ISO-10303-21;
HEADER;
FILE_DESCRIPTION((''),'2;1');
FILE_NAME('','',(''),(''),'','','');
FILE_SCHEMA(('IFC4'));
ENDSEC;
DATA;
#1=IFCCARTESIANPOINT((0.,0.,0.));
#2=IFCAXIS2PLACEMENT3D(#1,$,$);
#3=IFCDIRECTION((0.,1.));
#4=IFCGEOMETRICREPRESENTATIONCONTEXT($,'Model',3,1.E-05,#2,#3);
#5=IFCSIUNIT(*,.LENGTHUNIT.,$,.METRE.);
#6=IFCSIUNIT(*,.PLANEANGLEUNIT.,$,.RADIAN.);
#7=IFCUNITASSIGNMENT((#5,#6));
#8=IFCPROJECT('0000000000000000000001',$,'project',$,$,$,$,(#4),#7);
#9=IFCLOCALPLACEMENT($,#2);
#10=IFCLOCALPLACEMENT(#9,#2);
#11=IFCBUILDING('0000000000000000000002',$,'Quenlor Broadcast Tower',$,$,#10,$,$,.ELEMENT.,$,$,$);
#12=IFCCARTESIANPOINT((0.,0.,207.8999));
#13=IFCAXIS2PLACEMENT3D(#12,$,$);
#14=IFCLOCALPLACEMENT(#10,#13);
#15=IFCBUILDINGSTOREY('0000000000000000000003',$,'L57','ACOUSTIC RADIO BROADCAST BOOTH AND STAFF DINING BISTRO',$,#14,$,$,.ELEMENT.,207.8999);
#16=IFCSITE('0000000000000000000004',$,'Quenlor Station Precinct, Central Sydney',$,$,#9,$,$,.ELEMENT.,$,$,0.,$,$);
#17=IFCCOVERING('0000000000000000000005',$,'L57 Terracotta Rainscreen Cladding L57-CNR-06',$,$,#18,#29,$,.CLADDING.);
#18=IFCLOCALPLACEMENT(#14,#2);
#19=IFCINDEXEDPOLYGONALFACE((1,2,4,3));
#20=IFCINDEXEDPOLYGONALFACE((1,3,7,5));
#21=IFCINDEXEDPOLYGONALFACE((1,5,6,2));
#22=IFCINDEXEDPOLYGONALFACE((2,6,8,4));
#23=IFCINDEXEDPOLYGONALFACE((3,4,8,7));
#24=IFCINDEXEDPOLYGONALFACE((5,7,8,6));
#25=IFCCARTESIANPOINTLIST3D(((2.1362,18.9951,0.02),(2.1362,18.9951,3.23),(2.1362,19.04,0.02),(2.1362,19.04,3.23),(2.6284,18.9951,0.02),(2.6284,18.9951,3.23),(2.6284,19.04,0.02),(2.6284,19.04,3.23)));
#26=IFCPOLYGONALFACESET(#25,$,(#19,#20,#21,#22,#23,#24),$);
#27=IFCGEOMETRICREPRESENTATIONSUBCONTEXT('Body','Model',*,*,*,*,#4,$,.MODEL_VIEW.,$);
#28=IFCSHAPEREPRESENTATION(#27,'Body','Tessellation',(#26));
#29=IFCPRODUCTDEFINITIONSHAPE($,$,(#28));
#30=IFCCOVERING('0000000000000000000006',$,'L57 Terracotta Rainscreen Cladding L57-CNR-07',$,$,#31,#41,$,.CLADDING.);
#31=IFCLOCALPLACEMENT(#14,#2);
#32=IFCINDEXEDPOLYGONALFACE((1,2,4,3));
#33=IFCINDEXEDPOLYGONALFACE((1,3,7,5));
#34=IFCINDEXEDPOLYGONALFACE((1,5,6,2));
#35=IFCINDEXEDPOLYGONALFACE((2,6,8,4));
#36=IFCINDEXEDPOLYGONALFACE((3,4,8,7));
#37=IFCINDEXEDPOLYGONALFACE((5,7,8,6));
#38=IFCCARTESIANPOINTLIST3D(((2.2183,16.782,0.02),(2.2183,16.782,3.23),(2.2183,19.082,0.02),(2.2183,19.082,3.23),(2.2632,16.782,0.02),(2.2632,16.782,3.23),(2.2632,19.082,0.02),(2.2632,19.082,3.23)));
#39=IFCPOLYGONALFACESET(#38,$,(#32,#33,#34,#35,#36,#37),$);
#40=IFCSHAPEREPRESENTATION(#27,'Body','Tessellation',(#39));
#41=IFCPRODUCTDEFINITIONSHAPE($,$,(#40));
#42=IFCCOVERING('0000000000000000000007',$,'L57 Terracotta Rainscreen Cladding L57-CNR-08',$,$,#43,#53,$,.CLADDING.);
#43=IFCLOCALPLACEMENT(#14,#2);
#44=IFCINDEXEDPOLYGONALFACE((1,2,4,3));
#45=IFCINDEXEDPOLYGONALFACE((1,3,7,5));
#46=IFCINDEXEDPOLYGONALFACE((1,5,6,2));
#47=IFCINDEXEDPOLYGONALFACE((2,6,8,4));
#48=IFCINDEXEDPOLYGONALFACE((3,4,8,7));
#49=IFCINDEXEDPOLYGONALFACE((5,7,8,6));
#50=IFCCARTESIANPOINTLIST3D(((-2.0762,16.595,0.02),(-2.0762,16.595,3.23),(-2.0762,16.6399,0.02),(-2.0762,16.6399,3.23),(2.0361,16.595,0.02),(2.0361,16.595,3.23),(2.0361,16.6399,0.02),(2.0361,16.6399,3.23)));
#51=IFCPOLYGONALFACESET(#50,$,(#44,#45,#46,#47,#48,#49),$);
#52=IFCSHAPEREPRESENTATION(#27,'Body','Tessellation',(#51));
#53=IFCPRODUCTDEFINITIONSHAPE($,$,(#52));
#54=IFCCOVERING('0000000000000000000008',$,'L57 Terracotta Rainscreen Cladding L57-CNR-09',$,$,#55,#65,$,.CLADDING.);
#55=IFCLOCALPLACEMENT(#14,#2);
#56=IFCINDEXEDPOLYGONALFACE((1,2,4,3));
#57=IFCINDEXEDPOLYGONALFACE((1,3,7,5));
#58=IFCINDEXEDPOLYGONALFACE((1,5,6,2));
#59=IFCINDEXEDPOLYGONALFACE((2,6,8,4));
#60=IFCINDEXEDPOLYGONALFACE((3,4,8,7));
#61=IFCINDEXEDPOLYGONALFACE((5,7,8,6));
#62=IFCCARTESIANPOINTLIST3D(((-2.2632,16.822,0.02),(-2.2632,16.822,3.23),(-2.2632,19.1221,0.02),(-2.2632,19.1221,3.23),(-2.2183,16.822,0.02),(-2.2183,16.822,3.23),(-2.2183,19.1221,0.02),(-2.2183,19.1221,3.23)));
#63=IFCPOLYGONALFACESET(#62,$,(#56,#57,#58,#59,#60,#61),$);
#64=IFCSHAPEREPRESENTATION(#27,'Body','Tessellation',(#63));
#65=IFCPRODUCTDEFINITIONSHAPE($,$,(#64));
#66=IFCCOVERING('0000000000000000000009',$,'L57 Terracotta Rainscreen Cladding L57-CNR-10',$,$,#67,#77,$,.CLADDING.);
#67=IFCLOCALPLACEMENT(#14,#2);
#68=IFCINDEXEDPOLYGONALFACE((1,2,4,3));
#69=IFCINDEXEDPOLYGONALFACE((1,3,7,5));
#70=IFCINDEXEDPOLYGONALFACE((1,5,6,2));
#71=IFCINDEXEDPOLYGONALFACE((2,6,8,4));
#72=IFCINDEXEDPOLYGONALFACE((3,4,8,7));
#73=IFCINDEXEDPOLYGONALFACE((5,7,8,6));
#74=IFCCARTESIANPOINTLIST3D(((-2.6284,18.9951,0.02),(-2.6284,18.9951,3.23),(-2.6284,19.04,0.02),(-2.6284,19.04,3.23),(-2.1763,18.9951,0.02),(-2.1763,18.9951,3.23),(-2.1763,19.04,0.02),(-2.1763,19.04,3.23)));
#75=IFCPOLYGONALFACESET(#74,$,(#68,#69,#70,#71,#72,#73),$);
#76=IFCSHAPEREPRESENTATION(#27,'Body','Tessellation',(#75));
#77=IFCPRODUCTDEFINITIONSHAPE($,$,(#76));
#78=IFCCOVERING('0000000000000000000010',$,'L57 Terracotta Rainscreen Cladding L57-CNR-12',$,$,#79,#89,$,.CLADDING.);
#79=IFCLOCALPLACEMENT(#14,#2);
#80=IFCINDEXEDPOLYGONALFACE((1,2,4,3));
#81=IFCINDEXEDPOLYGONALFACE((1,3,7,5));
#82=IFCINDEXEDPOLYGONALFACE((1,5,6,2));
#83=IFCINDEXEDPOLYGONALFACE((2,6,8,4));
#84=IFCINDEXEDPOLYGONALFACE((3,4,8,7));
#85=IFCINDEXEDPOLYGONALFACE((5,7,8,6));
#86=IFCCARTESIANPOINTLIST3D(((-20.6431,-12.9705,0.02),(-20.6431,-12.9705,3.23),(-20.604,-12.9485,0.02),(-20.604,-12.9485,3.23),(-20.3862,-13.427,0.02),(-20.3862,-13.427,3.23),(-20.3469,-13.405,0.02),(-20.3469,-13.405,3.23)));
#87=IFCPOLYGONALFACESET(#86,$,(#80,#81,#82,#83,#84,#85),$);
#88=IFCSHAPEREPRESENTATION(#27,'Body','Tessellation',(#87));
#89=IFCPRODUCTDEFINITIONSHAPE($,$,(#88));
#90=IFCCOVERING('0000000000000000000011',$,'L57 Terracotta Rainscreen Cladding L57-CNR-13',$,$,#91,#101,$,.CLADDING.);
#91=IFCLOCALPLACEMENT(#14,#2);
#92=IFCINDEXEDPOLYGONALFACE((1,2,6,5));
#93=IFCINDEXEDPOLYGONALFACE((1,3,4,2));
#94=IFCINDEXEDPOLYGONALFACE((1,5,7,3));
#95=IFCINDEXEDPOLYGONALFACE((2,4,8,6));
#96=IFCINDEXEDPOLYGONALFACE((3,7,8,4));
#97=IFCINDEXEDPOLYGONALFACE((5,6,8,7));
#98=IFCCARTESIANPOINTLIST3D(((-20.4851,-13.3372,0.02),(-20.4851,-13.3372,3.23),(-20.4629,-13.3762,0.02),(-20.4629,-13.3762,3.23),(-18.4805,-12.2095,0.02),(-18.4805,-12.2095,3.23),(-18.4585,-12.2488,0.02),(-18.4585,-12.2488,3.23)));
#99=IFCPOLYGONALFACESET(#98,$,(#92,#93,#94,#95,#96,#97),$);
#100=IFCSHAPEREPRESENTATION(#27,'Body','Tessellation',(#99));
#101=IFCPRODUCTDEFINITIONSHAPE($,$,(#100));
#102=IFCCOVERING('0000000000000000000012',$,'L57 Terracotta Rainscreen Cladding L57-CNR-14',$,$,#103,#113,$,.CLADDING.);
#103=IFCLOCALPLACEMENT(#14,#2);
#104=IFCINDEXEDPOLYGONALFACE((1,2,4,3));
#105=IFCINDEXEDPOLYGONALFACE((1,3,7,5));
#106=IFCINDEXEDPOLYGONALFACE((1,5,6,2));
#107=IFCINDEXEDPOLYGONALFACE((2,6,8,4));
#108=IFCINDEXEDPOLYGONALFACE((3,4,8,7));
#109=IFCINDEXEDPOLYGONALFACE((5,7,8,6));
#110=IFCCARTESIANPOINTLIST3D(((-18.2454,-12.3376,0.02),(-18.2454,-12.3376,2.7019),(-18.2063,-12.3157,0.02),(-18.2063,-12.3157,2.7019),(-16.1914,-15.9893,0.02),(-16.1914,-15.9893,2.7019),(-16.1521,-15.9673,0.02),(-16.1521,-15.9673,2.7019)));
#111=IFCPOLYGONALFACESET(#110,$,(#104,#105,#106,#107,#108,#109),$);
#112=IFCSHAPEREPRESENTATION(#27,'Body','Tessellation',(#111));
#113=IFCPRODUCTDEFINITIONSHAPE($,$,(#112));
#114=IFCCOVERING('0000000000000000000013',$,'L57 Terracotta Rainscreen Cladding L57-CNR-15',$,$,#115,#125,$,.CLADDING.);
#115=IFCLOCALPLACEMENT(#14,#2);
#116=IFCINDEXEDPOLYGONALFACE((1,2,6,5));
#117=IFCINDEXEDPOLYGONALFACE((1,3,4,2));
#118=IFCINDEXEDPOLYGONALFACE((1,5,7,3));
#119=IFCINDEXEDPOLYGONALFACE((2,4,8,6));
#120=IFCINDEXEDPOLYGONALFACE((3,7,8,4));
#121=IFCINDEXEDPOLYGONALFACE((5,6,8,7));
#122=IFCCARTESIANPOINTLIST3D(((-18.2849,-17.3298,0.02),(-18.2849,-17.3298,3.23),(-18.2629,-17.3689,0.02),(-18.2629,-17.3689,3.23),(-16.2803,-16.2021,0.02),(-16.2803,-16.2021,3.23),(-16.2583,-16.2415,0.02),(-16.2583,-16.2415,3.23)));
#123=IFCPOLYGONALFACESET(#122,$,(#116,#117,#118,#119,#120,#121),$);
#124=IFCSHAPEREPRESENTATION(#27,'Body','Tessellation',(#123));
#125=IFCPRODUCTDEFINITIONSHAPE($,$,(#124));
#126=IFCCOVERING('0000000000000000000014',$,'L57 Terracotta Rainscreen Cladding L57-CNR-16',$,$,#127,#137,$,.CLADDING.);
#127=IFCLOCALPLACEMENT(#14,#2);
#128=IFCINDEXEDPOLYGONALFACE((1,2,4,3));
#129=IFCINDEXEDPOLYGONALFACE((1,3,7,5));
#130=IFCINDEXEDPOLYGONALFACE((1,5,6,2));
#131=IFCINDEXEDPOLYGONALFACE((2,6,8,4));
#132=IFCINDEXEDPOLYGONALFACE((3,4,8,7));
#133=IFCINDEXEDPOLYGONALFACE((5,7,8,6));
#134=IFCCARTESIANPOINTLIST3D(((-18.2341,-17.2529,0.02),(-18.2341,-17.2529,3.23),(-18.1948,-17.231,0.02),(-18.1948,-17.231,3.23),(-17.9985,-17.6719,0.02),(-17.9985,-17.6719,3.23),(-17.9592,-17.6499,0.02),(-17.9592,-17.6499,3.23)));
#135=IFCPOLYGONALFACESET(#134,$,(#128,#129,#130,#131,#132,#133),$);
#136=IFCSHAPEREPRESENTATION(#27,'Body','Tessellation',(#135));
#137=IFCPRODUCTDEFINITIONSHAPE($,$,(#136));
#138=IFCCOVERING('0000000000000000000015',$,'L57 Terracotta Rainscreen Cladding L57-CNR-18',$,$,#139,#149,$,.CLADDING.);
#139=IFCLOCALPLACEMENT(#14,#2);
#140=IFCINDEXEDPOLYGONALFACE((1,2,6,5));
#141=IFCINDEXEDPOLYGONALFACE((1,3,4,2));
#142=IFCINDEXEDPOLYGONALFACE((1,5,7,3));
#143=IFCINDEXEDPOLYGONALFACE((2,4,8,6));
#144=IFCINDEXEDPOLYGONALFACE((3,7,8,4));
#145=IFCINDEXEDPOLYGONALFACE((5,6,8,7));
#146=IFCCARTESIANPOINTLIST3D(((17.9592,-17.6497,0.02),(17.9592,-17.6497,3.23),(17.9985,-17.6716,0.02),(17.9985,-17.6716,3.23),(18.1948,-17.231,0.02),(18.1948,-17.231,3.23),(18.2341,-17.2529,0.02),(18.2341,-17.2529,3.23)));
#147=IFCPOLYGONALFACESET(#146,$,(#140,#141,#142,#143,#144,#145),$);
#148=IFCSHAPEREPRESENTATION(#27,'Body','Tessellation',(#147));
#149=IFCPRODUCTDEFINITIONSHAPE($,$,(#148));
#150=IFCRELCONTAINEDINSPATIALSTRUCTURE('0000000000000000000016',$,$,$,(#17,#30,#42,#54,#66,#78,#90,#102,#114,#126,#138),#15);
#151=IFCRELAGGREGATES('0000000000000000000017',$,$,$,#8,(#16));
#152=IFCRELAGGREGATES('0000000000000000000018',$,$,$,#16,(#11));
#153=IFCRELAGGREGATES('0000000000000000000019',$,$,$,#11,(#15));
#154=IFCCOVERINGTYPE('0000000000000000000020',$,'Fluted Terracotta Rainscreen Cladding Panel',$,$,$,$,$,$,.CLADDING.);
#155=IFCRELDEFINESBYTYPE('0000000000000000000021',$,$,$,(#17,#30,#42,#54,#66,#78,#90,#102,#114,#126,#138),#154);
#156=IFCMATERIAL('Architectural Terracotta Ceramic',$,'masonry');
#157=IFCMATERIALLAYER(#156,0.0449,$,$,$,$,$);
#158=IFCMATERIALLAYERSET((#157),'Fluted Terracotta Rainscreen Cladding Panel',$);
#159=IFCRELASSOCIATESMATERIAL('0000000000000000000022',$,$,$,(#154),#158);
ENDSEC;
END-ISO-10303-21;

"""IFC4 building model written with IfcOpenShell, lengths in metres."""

from ifc_helpers import new_model, si_unit, direction, frame, origin, place, context, subcontext, project, spatial, polyline, outline, extrude, material, layer, layer_set, type_object, element, save


model = new_model("IFC4")

# Units and contexts
model_context = context("Model", 3, precision=1e-05, world=origin(), true_north=direction((0.0, 1.0)))
body_context = subcontext(model_context, "Body", "Model", "MODEL_VIEW")
ifc_project = project(units=[si_unit("LENGTHUNIT", "METRE"), si_unit("PLANEANGLEUNIT", "RADIAN")], contexts=[model_context])

# Site, building, storey
site_placement = place(None, origin())
site = spatial("IfcSite", under=ifc_project, at=site_placement, Name="Quenlor Station Precinct, Central Sydney", CompositionType="ELEMENT", RefElevation=0.0)
building_placement = place(site_placement, origin())
building = spatial("IfcBuilding", under=site, at=building_placement, Name="Quenlor Broadcast Tower", CompositionType="ELEMENT")
storey_placement = place(building_placement, frame((0.0, 0.0, 207.8999)))
storey = spatial("IfcBuildingStorey", under=building, at=storey_placement, Name="L57", Description="ACOUSTIC RADIO BROADCAST BOOTH AND STAFF DINING BISTRO", CompositionType="ELEMENT", Elevation=207.8999)

# Coverings
ifc_material_1 = material(Name="Architectural Terracotta Ceramic", Category="masonry")
ifc_layer_1 = layer(ifc_material_1, 0.0449)
ifc_layer_set_1 = layer_set([ifc_layer_1], Name="Fluted Terracotta Rainscreen Cladding Panel")
covering_type_1 = type_object("IfcCoveringType", Name="Fluted Terracotta Rainscreen Cladding Panel", PredefinedType="CLADDING", material=ifc_layer_set_1)
covering_1_placement = place(storey_placement, frame((0.0, 0.0, 0.02)))
element("IfcCovering", 1, at=covering_1_placement, inside=storey, type_object=covering_type_1, Name="L57 Terracotta Rainscreen Cladding L57-CNR-06", PredefinedType="CLADDING", context=body_context, shape_type="SweptSolid", body=[
    extrude(outline(polyline([(2.6284, 19.04), (2.1362, 19.04), (2.1362, 18.9951), (2.6284, 18.9951), (2.6284, 19.04)])), origin(), (0.0, 0.0, 1.0), 3.21),
])
covering_2_placement = place(storey_placement, frame((0.0, 0.0, 0.02)))
element("IfcCovering", 2, at=covering_2_placement, inside=storey, type_object=covering_type_1, Name="L57 Terracotta Rainscreen Cladding L57-CNR-07", PredefinedType="CLADDING", context=body_context, shape_type="SweptSolid", body=[
    extrude(outline(polyline([(2.2183, 19.082), (2.2183, 16.782), (2.2632, 16.782), (2.2632, 19.082), (2.2183, 19.082)])), origin(), (0.0, 0.0, 1.0), 3.21),
])
covering_3_placement = place(storey_placement, frame((0.0, 0.0, 0.02)))
element("IfcCovering", 3, at=covering_3_placement, inside=storey, type_object=covering_type_1, Name="L57 Terracotta Rainscreen Cladding L57-CNR-08", PredefinedType="CLADDING", context=body_context, shape_type="SweptSolid", body=[
    extrude(outline(polyline([(2.0361, 16.6399), (-2.0762, 16.6399), (-2.0762, 16.595), (2.0361, 16.595), (2.0361, 16.6399)])), origin(), (0.0, 0.0, 1.0), 3.21),
])
covering_4_placement = place(storey_placement, frame((0.0, 0.0, 0.02)))
element("IfcCovering", 4, at=covering_4_placement, inside=storey, type_object=covering_type_1, Name="L57 Terracotta Rainscreen Cladding L57-CNR-09", PredefinedType="CLADDING", context=body_context, shape_type="SweptSolid", body=[
    extrude(outline(polyline([(-2.2183, 16.822), (-2.2183, 19.1221), (-2.2632, 19.1221), (-2.2632, 16.822), (-2.2183, 16.822)])), origin(), (0.0, 0.0, 1.0), 3.21),
])
covering_5_placement = place(storey_placement, frame((0.0, 0.0, 0.02)))
element("IfcCovering", 5, at=covering_5_placement, inside=storey, type_object=covering_type_1, Name="L57 Terracotta Rainscreen Cladding L57-CNR-10", PredefinedType="CLADDING", context=body_context, shape_type="SweptSolid", body=[
    extrude(outline(polyline([(-2.1763, 19.04), (-2.6284, 19.04), (-2.6284, 18.9951), (-2.1763, 18.9951), (-2.1763, 19.04)])), origin(), (0.0, 0.0, 1.0), 3.21),
])
covering_6_placement = place(storey_placement, frame((0.0, 0.0, 0.02)))
element("IfcCovering", 6, at=covering_6_placement, inside=storey, type_object=covering_type_1, Name="L57 Terracotta Rainscreen Cladding L57-CNR-12", PredefinedType="CLADDING", context=body_context, shape_type="SweptSolid", body=[
    extrude(outline(polyline([(-20.6431, -12.9705), (-20.3862, -13.427), (-20.3469, -13.405), (-20.604, -12.9485), (-20.6431, -12.9705)])), origin(), (0.0, 0.0, 1.0), 3.21),
])
covering_7_placement = place(storey_placement, frame((0.0, 0.0, 0.02)))
element("IfcCovering", 7, at=covering_7_placement, inside=storey, type_object=covering_type_1, Name="L57 Terracotta Rainscreen Cladding L57-CNR-13", PredefinedType="CLADDING", context=body_context, shape_type="SweptSolid", body=[
    extrude(outline(polyline([(-20.4629, -13.3762), (-18.4585, -12.2488), (-18.4805, -12.2095), (-20.4851, -13.3372), (-20.4629, -13.3762)])), origin(), (0.0, 0.0, 1.0), 3.21),
])
covering_8_placement = place(storey_placement, frame((0.0, 0.0, 0.02)))
element("IfcCovering", 8, at=covering_8_placement, inside=storey, type_object=covering_type_1, Name="L57 Terracotta Rainscreen Cladding L57-CNR-14", PredefinedType="CLADDING", context=body_context, shape_type="SweptSolid", body=[
    extrude(outline(polyline([(-18.2454, -12.3376), (-16.1914, -15.9893), (-16.1521, -15.9673), (-18.2063, -12.3157), (-18.2454, -12.3376)])), origin(), (0.0, 0.0, 1.0), 2.6819),
])
covering_9_placement = place(storey_placement, frame((0.0, 0.0, 0.02)))
element("IfcCovering", 9, at=covering_9_placement, inside=storey, type_object=covering_type_1, Name="L57 Terracotta Rainscreen Cladding L57-CNR-15", PredefinedType="CLADDING", context=body_context, shape_type="SweptSolid", body=[
    extrude(outline(polyline([(-16.2803, -16.2021), (-18.2849, -17.3298), (-18.2629, -17.3689), (-16.2583, -16.2415), (-16.2803, -16.2021)])), origin(), (0.0, 0.0, 1.0), 3.21),
])
covering_10_placement = place(storey_placement, frame((0.0, 0.0, 0.02)))
element("IfcCovering", 10, at=covering_10_placement, inside=storey, type_object=covering_type_1, Name="L57 Terracotta Rainscreen Cladding L57-CNR-16", PredefinedType="CLADDING", context=body_context, shape_type="SweptSolid", body=[
    extrude(outline(polyline([(-18.2341, -17.2529), (-17.9985, -17.6719), (-17.9592, -17.6499), (-18.1948, -17.231), (-18.2341, -17.2529)])), origin(), (0.0, 0.0, 1.0), 3.21),
])
covering_11_placement = place(storey_placement, frame((0.0, 0.0, 0.02)))
element("IfcCovering", 11, at=covering_11_placement, inside=storey, type_object=covering_type_1, Name="L57 Terracotta Rainscreen Cladding L57-CNR-18", PredefinedType="CLADDING", context=body_context, shape_type="SweptSolid", body=[
    extrude(outline(polyline([(17.9985, -17.6716), (18.2341, -17.2529), (18.1948, -17.231), (17.9592, -17.6497), (17.9985, -17.6716)])), origin(), (0.0, 0.0, 1.0), 3.21),
])

save(model, "model.ifc")
